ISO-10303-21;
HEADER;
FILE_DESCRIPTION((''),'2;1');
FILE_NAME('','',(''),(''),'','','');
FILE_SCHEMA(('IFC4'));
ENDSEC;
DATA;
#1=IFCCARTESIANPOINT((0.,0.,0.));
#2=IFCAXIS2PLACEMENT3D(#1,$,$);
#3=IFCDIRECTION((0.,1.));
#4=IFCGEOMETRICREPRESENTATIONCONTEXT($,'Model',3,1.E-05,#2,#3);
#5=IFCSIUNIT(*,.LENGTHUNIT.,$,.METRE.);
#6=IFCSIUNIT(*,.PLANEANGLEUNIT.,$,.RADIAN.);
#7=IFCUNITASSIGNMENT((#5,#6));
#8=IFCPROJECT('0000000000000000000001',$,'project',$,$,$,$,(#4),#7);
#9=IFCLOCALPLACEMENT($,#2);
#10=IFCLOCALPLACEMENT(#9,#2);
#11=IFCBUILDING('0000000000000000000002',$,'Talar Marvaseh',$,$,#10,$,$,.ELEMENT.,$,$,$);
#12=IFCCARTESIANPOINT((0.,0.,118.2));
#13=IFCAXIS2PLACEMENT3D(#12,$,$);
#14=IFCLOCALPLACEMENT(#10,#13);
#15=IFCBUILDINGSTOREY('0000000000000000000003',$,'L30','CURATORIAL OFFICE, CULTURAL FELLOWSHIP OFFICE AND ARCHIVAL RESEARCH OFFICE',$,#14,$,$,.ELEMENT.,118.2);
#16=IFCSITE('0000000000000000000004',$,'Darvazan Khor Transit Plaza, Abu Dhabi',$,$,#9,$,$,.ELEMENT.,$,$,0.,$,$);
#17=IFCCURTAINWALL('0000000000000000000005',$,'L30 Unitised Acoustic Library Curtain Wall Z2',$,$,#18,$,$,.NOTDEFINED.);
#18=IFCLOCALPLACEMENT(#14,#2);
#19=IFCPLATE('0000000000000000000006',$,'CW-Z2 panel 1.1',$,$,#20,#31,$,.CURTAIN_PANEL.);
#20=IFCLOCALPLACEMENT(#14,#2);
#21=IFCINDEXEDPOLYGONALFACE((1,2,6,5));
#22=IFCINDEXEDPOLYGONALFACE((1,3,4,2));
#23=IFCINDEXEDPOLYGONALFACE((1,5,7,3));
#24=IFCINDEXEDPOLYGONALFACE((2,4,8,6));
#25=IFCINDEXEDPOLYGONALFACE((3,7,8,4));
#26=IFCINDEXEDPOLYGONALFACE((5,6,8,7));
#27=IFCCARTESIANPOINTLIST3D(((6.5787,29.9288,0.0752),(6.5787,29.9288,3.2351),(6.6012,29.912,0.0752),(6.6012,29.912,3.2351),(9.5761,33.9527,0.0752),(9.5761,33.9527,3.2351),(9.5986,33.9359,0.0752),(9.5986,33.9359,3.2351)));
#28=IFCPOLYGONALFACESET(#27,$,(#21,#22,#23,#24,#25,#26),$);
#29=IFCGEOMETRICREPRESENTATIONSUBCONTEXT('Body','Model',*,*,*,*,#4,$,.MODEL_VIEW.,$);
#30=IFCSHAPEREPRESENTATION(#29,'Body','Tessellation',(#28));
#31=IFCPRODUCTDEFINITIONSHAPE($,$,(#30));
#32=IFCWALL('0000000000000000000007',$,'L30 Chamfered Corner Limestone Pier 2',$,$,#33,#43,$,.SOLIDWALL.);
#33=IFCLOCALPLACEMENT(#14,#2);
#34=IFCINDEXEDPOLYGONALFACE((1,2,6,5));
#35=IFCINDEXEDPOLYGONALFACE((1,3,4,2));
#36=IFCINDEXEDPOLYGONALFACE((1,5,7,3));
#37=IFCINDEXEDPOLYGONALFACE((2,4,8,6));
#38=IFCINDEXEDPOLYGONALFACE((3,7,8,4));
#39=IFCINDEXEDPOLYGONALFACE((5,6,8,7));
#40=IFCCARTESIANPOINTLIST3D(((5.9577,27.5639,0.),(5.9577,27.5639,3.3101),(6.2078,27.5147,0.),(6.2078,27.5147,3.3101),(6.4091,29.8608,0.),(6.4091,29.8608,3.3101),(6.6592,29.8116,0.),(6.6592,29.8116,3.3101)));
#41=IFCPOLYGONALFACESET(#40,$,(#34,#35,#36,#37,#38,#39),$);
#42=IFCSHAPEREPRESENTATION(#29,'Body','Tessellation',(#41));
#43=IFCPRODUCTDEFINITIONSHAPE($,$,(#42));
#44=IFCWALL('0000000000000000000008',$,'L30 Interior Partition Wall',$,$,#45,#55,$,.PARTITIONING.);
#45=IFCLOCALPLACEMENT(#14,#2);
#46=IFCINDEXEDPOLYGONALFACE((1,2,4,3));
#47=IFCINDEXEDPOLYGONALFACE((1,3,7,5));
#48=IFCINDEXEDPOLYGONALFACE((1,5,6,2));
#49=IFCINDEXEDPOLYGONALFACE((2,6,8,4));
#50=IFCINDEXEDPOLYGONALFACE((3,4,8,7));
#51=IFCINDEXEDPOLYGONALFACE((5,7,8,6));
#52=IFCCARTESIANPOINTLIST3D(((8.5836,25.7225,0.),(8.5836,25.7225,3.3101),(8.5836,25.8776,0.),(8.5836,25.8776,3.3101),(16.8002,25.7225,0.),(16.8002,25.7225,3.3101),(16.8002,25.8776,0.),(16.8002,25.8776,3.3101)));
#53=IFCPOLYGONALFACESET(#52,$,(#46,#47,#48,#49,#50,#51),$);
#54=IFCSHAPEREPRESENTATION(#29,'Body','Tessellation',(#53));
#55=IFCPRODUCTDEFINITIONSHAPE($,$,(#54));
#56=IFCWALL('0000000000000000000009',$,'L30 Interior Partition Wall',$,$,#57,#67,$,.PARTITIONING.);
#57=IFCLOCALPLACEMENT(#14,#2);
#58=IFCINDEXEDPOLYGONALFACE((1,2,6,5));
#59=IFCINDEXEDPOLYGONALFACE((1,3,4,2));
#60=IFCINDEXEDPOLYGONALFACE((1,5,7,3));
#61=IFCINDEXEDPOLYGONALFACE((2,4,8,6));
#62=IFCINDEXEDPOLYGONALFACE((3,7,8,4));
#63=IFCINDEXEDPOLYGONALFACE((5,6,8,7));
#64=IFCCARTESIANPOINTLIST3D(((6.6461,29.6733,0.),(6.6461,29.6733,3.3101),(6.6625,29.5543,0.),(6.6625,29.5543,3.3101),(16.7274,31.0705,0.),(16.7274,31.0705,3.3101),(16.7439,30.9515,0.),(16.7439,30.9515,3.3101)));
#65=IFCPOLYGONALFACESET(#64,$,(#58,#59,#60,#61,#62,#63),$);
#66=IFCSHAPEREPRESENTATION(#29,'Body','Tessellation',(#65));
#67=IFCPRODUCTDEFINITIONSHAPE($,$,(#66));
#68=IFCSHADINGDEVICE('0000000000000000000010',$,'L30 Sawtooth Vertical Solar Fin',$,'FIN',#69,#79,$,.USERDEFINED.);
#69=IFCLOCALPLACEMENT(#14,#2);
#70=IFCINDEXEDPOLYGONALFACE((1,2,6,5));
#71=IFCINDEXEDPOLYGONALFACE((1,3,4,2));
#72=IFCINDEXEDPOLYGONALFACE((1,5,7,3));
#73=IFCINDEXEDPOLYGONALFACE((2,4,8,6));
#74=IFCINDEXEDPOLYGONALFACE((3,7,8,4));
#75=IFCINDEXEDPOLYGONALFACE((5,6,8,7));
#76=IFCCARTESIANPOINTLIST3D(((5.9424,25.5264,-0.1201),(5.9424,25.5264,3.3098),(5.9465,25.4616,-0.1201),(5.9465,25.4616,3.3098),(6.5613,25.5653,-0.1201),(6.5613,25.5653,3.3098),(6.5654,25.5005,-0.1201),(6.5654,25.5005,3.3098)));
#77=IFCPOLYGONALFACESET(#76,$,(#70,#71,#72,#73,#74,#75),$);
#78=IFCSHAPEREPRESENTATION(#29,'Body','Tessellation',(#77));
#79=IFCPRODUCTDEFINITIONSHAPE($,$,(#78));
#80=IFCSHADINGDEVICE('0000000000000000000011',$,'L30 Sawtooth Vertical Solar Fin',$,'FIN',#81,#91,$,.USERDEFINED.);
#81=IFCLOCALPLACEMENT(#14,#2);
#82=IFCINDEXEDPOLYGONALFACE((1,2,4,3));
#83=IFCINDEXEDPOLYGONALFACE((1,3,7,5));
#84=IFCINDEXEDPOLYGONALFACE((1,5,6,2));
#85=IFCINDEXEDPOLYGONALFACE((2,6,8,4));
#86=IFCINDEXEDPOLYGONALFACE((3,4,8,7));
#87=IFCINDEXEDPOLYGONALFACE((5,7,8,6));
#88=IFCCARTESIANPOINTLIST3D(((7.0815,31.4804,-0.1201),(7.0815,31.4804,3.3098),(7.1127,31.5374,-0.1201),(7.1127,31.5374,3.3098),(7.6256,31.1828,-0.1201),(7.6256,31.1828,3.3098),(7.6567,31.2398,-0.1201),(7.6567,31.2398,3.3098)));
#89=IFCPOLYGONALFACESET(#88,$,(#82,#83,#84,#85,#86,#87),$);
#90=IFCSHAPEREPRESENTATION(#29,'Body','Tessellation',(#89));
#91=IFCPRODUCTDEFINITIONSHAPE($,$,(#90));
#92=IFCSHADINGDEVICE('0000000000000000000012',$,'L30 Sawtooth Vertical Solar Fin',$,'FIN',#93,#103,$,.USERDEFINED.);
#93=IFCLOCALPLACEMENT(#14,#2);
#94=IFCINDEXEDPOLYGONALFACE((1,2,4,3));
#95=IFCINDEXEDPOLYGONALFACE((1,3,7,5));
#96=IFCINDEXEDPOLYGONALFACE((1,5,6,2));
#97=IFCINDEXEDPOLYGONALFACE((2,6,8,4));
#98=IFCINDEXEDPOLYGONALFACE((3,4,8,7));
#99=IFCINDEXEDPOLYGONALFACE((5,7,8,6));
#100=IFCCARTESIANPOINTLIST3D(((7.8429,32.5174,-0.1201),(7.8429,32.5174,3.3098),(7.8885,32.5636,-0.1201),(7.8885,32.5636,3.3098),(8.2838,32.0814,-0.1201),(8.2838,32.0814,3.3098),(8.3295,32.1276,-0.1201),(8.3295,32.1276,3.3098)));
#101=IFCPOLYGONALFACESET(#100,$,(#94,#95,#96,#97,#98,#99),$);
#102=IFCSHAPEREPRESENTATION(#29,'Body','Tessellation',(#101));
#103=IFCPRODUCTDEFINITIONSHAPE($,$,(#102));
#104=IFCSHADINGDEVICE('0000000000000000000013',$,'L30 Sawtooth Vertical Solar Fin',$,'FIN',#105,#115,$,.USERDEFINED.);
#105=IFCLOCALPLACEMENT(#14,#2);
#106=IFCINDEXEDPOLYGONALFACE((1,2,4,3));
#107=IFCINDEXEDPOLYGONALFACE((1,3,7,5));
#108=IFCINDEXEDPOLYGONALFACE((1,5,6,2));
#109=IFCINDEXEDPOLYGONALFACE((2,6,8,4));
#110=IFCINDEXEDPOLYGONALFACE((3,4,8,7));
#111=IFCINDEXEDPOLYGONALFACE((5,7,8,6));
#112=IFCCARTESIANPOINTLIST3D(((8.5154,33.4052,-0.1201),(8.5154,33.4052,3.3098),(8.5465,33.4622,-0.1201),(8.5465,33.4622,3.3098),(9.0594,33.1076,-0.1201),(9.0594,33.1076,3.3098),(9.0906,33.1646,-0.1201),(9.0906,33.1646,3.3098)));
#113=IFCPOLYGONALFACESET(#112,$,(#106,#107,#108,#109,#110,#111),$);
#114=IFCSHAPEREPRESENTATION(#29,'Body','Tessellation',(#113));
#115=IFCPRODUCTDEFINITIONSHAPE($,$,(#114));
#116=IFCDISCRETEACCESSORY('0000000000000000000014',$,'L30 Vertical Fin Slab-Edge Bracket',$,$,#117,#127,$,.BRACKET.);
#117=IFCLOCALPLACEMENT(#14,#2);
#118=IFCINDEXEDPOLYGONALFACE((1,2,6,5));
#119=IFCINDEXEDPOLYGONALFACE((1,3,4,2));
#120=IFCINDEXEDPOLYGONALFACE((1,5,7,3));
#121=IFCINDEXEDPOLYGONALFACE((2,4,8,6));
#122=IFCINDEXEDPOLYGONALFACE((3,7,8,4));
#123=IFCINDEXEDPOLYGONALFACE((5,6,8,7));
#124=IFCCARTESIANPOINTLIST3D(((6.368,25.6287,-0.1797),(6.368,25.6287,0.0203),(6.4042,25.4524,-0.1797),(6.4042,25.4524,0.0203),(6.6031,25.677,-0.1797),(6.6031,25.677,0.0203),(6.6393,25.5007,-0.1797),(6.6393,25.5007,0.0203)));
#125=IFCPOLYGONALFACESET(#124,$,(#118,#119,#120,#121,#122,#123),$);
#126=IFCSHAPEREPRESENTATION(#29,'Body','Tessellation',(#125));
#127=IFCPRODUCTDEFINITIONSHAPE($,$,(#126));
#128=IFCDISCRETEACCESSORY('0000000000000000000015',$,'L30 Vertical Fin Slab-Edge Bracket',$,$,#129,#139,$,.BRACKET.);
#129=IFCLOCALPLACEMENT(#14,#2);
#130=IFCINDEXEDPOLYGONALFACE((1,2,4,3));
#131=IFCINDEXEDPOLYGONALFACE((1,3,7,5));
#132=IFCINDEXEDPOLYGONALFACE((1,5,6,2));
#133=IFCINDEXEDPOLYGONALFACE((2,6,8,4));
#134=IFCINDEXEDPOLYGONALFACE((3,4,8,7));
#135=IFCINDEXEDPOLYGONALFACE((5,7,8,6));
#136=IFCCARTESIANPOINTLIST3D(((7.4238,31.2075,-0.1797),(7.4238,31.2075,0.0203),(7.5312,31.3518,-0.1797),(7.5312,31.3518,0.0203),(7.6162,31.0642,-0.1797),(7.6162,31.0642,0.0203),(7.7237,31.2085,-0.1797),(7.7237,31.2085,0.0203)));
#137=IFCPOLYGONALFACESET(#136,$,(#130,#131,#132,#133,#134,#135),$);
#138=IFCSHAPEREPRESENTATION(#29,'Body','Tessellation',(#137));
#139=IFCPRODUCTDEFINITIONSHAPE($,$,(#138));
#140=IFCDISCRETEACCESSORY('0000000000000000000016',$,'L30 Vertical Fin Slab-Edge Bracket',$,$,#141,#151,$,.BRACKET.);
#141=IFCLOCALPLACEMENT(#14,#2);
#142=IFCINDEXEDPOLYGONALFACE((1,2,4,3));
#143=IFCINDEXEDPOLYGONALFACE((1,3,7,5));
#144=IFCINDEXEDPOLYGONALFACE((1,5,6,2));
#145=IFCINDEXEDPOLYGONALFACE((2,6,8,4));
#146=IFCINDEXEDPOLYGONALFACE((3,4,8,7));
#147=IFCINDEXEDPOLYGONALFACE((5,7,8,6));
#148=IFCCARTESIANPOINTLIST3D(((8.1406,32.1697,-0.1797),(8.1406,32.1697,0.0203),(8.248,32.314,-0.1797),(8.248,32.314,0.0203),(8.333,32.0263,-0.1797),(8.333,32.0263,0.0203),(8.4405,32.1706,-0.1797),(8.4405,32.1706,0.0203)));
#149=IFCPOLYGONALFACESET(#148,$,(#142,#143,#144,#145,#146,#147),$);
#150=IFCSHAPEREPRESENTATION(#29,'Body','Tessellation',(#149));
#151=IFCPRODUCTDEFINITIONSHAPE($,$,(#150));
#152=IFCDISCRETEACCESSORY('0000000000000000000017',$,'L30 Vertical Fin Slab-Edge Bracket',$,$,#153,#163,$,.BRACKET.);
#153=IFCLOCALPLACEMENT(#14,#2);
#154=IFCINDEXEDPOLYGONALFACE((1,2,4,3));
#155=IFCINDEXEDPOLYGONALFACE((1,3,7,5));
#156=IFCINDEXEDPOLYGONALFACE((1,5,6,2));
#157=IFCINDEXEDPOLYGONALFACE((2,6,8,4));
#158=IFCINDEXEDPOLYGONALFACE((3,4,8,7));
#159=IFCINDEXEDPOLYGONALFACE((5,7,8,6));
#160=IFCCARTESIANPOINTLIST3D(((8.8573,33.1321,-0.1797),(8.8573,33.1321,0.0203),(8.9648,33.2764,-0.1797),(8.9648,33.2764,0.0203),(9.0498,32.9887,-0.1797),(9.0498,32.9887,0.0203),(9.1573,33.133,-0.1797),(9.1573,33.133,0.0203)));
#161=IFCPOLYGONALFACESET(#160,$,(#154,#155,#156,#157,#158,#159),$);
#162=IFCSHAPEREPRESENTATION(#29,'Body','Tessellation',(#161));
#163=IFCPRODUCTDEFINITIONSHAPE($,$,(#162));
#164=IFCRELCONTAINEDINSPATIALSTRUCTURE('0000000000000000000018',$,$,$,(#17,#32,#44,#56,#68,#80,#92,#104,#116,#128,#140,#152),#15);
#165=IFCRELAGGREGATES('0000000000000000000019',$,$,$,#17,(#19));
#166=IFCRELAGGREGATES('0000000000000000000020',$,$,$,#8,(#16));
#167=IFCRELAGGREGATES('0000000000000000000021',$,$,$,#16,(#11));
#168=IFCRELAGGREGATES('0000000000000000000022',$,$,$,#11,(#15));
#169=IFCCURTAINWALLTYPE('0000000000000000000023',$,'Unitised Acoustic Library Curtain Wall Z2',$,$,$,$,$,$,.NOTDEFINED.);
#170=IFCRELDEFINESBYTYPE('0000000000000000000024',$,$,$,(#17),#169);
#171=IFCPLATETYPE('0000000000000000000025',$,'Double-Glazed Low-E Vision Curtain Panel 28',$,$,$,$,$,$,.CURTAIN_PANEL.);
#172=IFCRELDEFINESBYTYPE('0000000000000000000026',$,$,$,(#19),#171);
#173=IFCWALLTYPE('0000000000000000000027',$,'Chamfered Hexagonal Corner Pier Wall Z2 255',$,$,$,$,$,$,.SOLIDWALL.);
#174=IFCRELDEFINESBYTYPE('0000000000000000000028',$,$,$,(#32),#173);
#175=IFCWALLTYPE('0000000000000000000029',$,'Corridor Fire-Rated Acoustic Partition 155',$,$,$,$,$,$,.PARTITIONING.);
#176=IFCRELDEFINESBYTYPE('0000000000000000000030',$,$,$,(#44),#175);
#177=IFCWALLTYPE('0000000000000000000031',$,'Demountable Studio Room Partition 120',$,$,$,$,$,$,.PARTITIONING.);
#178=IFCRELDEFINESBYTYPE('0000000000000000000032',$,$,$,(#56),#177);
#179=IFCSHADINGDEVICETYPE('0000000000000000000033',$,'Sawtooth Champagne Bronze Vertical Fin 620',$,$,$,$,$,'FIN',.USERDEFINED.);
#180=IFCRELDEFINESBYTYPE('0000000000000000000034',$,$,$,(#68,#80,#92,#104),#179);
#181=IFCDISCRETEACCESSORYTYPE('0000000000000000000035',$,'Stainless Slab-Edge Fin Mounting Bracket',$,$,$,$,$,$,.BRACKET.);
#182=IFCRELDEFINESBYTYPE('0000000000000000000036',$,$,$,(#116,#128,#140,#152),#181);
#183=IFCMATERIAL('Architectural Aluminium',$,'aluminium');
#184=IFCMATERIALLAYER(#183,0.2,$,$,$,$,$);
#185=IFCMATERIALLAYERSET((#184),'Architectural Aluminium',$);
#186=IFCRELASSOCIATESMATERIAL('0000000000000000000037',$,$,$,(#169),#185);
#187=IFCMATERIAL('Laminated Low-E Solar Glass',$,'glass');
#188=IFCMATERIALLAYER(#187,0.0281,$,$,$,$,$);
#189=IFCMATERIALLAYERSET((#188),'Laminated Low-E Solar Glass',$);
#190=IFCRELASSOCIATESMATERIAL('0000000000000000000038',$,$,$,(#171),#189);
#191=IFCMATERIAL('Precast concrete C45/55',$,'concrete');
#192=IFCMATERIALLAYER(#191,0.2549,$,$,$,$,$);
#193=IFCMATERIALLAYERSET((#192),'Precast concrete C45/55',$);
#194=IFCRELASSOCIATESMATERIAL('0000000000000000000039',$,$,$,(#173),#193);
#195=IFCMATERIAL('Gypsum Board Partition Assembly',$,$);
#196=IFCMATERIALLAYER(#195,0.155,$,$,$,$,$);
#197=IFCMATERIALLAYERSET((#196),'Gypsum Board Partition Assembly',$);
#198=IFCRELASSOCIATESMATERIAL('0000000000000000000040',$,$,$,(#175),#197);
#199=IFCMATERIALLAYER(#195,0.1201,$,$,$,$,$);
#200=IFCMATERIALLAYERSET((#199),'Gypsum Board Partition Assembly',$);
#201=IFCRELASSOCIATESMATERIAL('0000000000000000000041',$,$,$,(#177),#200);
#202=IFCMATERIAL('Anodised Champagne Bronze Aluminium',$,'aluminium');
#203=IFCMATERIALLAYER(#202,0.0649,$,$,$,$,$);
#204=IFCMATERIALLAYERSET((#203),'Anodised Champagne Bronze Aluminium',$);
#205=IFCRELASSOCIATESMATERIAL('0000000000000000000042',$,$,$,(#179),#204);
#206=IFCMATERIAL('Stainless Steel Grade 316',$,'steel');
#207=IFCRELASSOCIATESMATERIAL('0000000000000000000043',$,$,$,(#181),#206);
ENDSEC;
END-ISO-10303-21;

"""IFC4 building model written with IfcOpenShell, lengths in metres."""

from ifc_helpers import new_model, si_unit, direction, frame, frame_2d, origin, origin_2d, place, context, subcontext, project, spatial, rectangle, extrude, source, transform, mapped, material, layer, layer_set, type_object, type_shapes, element, aggregate, save


model = new_model("IFC4")

# Units and contexts
model_context = context("Model", 3, precision=1e-05, world=origin(), true_north=direction((0.0, 1.0)))
body_context = subcontext(model_context, "Body", "Model", "MODEL_VIEW")
ifc_project = project(units=[si_unit("LENGTHUNIT", "METRE"), si_unit("PLANEANGLEUNIT", "RADIAN")], contexts=[model_context])

# Site, building, storey
site_placement = place(None, origin())
site = spatial("IfcSite", under=ifc_project, at=site_placement, Name="Darvazan Khor Transit Plaza, Abu Dhabi", CompositionType="ELEMENT", RefElevation=0.0)
building_placement = place(site_placement, origin())
building = spatial("IfcBuilding", under=site, at=building_placement, Name="Talar Marvaseh", CompositionType="ELEMENT")
storey_placement = place(building_placement, frame((0.0, 0.0, 118.2)))
storey = spatial("IfcBuildingStorey", under=building, at=storey_placement, Name="L30", Description="CURATORIAL OFFICE, CULTURAL FELLOWSHIP OFFICE AND ARCHIVAL RESEARCH OFFICE", CompositionType="ELEMENT", Elevation=118.2)

# Shared definitions
ifc_material_1 = material(Name="Architectural Aluminium", Category="aluminium")
ifc_layer_1 = layer(ifc_material_1, 0.2)
ifc_layer_set_1 = layer_set([ifc_layer_1], Name="Architectural Aluminium")
curtain_wall_type = type_object("IfcCurtainWallType", Name="Unitised Acoustic Library Curtain Wall Z2", PredefinedType="NOTDEFINED", material=ifc_layer_set_1)

# Curtain wall
curtain_wall_1_placement = place(storey_placement, origin())
curtain_wall_1 = element("IfcCurtainWall", 1, at=curtain_wall_1_placement, inside=storey, type_object=curtain_wall_type, Name="L30 Unitised Acoustic Library Curtain Wall Z2", PredefinedType="NOTDEFINED")

# Plate
ifc_material_2 = material(Name="Laminated Low-E Solar Glass", Category="glass")
ifc_layer_2 = layer(ifc_material_2, 0.0281)
ifc_layer_set_2 = layer_set([ifc_layer_2], Name="Laminated Low-E Solar Glass")
plate_type = type_object("IfcPlateType", Name="Double-Glazed Low-E Vision Curtain Panel 28", PredefinedType="CURTAIN_PANEL", material=ifc_layer_set_2)
shared_shape_1 = source(origin(), body_context, "Body", "SweptSolid", [
    extrude(rectangle(XDim=5.0176, YDim=0.0281, at=origin_2d()), origin(), (0.0, 0.0, 1.0), 3.1599),
])
plate_1_placement = place(storey_placement, frame((8.0886, 31.9324, 0.0752), z_axis=(0.0, 0.0, 1.0), x_axis=(0.597376, 0.801961, 0.0)))
plate_1 = element("IfcPlate", 2, at=plate_1_placement, type_object=plate_type, Name="CW-Z2 panel 1.1", PredefinedType="CURTAIN_PANEL", context=body_context, shape_type="MappedRepresentation", body=[
    mapped(shared_shape_1, transform((0.0, 0.0, 0.0), x_axis=(1.0, 0.0, 0.0), y_axis=(0.0, 1.0, 0.0), z_axis=(0.0, 0.0, 1.0), scale=1.0)),
])
aggregate(curtain_wall_1, [plate_1])

# Walls
ifc_material_3 = material(Name="Precast concrete C45/55", Category="concrete")
ifc_layer_3 = layer(ifc_material_3, 0.2549)
ifc_layer_set_3 = layer_set([ifc_layer_3], Name="Precast concrete C45/55")
wall_type_1 = type_object("IfcWallType", Name="Chamfered Hexagonal Corner Pier Wall Z2 255", PredefinedType="SOLIDWALL", material=ifc_layer_set_3)
wall_1_placement = place(storey_placement, frame((6.0828, 27.5393, 0.0), z_axis=(0.0, 0.0, 1.0), x_axis=(0.192846, 0.981229, 0.0)))
element("IfcWall", 3, at=wall_1_placement, inside=storey, type_object=wall_type_1, Name="L30 Chamfered Corner Limestone Pier 2", PredefinedType="SOLIDWALL", context=body_context, shape_type="SweptSolid", body=[
    extrude(rectangle(XDim=2.3408, YDim=0.2549, at=frame_2d((1.1704, 0.0))), origin(), (0.0, 0.0, 1.0), 3.3101),
])
ifc_material_4 = material(Name="Gypsum Board Partition Assembly")
ifc_layer_4 = layer(ifc_material_4, 0.155)
ifc_layer_set_4 = layer_set([ifc_layer_4], Name="Gypsum Board Partition Assembly")
wall_type_2 = type_object("IfcWallType", Name="Corridor Fire-Rated Acoustic Partition 155", PredefinedType="PARTITIONING", material=ifc_layer_set_4)
wall_2_placement = place(storey_placement, frame((8.5835, 25.8, 0.0), z_axis=(0.0, 0.0, 1.0), x_axis=(1.0, 0.0, 0.0)))
element("IfcWall", 4, at=wall_2_placement, inside=storey, type_object=wall_type_2, Name="L30 Interior Partition Wall", PredefinedType="PARTITIONING", context=body_context, shape_type="SweptSolid", body=[
    extrude(rectangle(XDim=8.2166, YDim=0.155, at=frame_2d((4.1084, 0.0))), origin(), (0.0, 0.0, 1.0), 3.3101),
])
ifc_layer_5 = layer(ifc_material_4, 0.1201)
ifc_layer_set_5 = layer_set([ifc_layer_5], Name="Gypsum Board Partition Assembly")
wall_type_3 = type_object("IfcWallType", Name="Demountable Studio Room Partition 120", PredefinedType="PARTITIONING", material=ifc_layer_set_5)
wall_3_placement = place(storey_placement, frame((6.6543, 29.6138, 0.0), z_axis=(0.0, 0.0, 1.0), x_axis=(0.990532, 0.137283, 0.0)))
element("IfcWall", 5, at=wall_3_placement, inside=storey, type_object=wall_type_3, Name="L30 Interior Partition Wall", PredefinedType="PARTITIONING", context=body_context, shape_type="SweptSolid", body=[
    extrude(rectangle(XDim=10.1777, YDim=0.1201, at=frame_2d((5.0889, 0.0))), origin(), (0.0, 0.0, 1.0), 3.3101),
])

# Shading devices
ifc_material_5 = material(Name="Anodised Champagne Bronze Aluminium", Category="aluminium")
ifc_layer_6 = layer(ifc_material_5, 0.0649)
ifc_layer_set_6 = layer_set([ifc_layer_6], Name="Anodised Champagne Bronze Aluminium")
shading_device_type = type_object("IfcShadingDeviceType", Name="Sawtooth Champagne Bronze Vertical Fin 620", ElementType="FIN", PredefinedType="USERDEFINED", material=ifc_layer_set_6)
shared_shape_2 = source(origin(), body_context, "Body", "SweptSolid", [
    extrude(rectangle(XDim=0.6201, YDim=0.0649, at=origin_2d()), origin(), (0.0, 0.0, 1.0), 3.4299),
])
type_shapes(shading_device_type, [shared_shape_2])
for number, where, z_axis, x_axis, name in (
    (6, (6.2539, 25.5134, -0.1201), (0.0, 0.0, 1.0), (-0.998027, -0.062791, 0.0), "L30 Sawtooth Vertical Solar Fin"),
    (7, (7.3691, 31.3601, -0.1201), (0.0, 0.0, 1.0), (-0.877314, 0.479917, 0.0), "L30 Sawtooth Vertical Solar Fin"),
    (8, (8.0862, 32.3225, -0.1201), (0.0, 0.0, 1.0), (-0.711045, 0.703147, 0.0), "L30 Sawtooth Vertical Solar Fin"),
    (9, (8.803, 33.2849, -0.1201), (0.0, 0.0, 1.0), (-0.877314, 0.479917, 0.0), "L30 Sawtooth Vertical Solar Fin"),
):
    element("IfcShadingDevice", number, at=place(storey_placement, frame(where, z_axis=z_axis, x_axis=x_axis)), inside=storey, type_object=shading_device_type, Name=name, ObjectType="FIN", PredefinedType="USERDEFINED", context=body_context, shape_type="MappedRepresentation", body=[
        mapped(shared_shape_2, transform((0.0, 0.0, 0.0), x_axis=(1.0, 0.0, 0.0), y_axis=(0.0, 1.0, 0.0), z_axis=(0.0, 0.0, 1.0), scale=1.0)),
    ])

# Discrete accessories
ifc_material_6 = material(Name="Stainless Steel Grade 316", Category="steel")
discrete_accessory_type = type_object("IfcDiscreteAccessoryType", Name="Stainless Slab-Edge Fin Mounting Bracket", PredefinedType="BRACKET", material=ifc_material_6)
shared_shape_3 = source(origin(), body_context, "Body", "SweptSolid", [
    extrude(rectangle(XDim=0.24, YDim=0.1799, at=origin_2d()), origin(), (0.0, 0.0, 1.0), 0.2),
])
type_shapes(discrete_accessory_type, [shared_shape_3])
for number, where, z_axis, x_axis, name in (
    (10, (6.5037, 25.5647, -0.1797), (0.0, 0.0, 1.0), (-0.979575, -0.201078, 0.0), "L30 Vertical Fin Slab-Edge Bracket"),
    (11, (7.5737, 31.208, -0.1797), (0.0, 0.0, 1.0), (-0.801984, 0.597345, 0.0), "L30 Vertical Fin Slab-Edge Bracket"),
    (12, (8.2905, 32.1702, -0.1797), (0.0, 0.0, 1.0), (-0.801984, 0.597345, 0.0), "L30 Vertical Fin Slab-Edge Bracket"),
    (13, (9.0073, 33.1326, -0.1797), (0.0, 0.0, 1.0), (-0.801984, 0.597345, 0.0), "L30 Vertical Fin Slab-Edge Bracket"),
):
    element("IfcDiscreteAccessory", number, at=place(storey_placement, frame(where, z_axis=z_axis, x_axis=x_axis)), inside=storey, type_object=discrete_accessory_type, Name=name, PredefinedType="BRACKET", context=body_context, shape_type="MappedRepresentation", body=[
        mapped(shared_shape_3, transform((0.0, 0.0, 0.0), x_axis=(1.0, 0.0, 0.0), y_axis=(0.0, 1.0, 0.0), z_axis=(0.0, 0.0, 1.0), scale=1.0)),
    ])

save(model, "model.ifc")
